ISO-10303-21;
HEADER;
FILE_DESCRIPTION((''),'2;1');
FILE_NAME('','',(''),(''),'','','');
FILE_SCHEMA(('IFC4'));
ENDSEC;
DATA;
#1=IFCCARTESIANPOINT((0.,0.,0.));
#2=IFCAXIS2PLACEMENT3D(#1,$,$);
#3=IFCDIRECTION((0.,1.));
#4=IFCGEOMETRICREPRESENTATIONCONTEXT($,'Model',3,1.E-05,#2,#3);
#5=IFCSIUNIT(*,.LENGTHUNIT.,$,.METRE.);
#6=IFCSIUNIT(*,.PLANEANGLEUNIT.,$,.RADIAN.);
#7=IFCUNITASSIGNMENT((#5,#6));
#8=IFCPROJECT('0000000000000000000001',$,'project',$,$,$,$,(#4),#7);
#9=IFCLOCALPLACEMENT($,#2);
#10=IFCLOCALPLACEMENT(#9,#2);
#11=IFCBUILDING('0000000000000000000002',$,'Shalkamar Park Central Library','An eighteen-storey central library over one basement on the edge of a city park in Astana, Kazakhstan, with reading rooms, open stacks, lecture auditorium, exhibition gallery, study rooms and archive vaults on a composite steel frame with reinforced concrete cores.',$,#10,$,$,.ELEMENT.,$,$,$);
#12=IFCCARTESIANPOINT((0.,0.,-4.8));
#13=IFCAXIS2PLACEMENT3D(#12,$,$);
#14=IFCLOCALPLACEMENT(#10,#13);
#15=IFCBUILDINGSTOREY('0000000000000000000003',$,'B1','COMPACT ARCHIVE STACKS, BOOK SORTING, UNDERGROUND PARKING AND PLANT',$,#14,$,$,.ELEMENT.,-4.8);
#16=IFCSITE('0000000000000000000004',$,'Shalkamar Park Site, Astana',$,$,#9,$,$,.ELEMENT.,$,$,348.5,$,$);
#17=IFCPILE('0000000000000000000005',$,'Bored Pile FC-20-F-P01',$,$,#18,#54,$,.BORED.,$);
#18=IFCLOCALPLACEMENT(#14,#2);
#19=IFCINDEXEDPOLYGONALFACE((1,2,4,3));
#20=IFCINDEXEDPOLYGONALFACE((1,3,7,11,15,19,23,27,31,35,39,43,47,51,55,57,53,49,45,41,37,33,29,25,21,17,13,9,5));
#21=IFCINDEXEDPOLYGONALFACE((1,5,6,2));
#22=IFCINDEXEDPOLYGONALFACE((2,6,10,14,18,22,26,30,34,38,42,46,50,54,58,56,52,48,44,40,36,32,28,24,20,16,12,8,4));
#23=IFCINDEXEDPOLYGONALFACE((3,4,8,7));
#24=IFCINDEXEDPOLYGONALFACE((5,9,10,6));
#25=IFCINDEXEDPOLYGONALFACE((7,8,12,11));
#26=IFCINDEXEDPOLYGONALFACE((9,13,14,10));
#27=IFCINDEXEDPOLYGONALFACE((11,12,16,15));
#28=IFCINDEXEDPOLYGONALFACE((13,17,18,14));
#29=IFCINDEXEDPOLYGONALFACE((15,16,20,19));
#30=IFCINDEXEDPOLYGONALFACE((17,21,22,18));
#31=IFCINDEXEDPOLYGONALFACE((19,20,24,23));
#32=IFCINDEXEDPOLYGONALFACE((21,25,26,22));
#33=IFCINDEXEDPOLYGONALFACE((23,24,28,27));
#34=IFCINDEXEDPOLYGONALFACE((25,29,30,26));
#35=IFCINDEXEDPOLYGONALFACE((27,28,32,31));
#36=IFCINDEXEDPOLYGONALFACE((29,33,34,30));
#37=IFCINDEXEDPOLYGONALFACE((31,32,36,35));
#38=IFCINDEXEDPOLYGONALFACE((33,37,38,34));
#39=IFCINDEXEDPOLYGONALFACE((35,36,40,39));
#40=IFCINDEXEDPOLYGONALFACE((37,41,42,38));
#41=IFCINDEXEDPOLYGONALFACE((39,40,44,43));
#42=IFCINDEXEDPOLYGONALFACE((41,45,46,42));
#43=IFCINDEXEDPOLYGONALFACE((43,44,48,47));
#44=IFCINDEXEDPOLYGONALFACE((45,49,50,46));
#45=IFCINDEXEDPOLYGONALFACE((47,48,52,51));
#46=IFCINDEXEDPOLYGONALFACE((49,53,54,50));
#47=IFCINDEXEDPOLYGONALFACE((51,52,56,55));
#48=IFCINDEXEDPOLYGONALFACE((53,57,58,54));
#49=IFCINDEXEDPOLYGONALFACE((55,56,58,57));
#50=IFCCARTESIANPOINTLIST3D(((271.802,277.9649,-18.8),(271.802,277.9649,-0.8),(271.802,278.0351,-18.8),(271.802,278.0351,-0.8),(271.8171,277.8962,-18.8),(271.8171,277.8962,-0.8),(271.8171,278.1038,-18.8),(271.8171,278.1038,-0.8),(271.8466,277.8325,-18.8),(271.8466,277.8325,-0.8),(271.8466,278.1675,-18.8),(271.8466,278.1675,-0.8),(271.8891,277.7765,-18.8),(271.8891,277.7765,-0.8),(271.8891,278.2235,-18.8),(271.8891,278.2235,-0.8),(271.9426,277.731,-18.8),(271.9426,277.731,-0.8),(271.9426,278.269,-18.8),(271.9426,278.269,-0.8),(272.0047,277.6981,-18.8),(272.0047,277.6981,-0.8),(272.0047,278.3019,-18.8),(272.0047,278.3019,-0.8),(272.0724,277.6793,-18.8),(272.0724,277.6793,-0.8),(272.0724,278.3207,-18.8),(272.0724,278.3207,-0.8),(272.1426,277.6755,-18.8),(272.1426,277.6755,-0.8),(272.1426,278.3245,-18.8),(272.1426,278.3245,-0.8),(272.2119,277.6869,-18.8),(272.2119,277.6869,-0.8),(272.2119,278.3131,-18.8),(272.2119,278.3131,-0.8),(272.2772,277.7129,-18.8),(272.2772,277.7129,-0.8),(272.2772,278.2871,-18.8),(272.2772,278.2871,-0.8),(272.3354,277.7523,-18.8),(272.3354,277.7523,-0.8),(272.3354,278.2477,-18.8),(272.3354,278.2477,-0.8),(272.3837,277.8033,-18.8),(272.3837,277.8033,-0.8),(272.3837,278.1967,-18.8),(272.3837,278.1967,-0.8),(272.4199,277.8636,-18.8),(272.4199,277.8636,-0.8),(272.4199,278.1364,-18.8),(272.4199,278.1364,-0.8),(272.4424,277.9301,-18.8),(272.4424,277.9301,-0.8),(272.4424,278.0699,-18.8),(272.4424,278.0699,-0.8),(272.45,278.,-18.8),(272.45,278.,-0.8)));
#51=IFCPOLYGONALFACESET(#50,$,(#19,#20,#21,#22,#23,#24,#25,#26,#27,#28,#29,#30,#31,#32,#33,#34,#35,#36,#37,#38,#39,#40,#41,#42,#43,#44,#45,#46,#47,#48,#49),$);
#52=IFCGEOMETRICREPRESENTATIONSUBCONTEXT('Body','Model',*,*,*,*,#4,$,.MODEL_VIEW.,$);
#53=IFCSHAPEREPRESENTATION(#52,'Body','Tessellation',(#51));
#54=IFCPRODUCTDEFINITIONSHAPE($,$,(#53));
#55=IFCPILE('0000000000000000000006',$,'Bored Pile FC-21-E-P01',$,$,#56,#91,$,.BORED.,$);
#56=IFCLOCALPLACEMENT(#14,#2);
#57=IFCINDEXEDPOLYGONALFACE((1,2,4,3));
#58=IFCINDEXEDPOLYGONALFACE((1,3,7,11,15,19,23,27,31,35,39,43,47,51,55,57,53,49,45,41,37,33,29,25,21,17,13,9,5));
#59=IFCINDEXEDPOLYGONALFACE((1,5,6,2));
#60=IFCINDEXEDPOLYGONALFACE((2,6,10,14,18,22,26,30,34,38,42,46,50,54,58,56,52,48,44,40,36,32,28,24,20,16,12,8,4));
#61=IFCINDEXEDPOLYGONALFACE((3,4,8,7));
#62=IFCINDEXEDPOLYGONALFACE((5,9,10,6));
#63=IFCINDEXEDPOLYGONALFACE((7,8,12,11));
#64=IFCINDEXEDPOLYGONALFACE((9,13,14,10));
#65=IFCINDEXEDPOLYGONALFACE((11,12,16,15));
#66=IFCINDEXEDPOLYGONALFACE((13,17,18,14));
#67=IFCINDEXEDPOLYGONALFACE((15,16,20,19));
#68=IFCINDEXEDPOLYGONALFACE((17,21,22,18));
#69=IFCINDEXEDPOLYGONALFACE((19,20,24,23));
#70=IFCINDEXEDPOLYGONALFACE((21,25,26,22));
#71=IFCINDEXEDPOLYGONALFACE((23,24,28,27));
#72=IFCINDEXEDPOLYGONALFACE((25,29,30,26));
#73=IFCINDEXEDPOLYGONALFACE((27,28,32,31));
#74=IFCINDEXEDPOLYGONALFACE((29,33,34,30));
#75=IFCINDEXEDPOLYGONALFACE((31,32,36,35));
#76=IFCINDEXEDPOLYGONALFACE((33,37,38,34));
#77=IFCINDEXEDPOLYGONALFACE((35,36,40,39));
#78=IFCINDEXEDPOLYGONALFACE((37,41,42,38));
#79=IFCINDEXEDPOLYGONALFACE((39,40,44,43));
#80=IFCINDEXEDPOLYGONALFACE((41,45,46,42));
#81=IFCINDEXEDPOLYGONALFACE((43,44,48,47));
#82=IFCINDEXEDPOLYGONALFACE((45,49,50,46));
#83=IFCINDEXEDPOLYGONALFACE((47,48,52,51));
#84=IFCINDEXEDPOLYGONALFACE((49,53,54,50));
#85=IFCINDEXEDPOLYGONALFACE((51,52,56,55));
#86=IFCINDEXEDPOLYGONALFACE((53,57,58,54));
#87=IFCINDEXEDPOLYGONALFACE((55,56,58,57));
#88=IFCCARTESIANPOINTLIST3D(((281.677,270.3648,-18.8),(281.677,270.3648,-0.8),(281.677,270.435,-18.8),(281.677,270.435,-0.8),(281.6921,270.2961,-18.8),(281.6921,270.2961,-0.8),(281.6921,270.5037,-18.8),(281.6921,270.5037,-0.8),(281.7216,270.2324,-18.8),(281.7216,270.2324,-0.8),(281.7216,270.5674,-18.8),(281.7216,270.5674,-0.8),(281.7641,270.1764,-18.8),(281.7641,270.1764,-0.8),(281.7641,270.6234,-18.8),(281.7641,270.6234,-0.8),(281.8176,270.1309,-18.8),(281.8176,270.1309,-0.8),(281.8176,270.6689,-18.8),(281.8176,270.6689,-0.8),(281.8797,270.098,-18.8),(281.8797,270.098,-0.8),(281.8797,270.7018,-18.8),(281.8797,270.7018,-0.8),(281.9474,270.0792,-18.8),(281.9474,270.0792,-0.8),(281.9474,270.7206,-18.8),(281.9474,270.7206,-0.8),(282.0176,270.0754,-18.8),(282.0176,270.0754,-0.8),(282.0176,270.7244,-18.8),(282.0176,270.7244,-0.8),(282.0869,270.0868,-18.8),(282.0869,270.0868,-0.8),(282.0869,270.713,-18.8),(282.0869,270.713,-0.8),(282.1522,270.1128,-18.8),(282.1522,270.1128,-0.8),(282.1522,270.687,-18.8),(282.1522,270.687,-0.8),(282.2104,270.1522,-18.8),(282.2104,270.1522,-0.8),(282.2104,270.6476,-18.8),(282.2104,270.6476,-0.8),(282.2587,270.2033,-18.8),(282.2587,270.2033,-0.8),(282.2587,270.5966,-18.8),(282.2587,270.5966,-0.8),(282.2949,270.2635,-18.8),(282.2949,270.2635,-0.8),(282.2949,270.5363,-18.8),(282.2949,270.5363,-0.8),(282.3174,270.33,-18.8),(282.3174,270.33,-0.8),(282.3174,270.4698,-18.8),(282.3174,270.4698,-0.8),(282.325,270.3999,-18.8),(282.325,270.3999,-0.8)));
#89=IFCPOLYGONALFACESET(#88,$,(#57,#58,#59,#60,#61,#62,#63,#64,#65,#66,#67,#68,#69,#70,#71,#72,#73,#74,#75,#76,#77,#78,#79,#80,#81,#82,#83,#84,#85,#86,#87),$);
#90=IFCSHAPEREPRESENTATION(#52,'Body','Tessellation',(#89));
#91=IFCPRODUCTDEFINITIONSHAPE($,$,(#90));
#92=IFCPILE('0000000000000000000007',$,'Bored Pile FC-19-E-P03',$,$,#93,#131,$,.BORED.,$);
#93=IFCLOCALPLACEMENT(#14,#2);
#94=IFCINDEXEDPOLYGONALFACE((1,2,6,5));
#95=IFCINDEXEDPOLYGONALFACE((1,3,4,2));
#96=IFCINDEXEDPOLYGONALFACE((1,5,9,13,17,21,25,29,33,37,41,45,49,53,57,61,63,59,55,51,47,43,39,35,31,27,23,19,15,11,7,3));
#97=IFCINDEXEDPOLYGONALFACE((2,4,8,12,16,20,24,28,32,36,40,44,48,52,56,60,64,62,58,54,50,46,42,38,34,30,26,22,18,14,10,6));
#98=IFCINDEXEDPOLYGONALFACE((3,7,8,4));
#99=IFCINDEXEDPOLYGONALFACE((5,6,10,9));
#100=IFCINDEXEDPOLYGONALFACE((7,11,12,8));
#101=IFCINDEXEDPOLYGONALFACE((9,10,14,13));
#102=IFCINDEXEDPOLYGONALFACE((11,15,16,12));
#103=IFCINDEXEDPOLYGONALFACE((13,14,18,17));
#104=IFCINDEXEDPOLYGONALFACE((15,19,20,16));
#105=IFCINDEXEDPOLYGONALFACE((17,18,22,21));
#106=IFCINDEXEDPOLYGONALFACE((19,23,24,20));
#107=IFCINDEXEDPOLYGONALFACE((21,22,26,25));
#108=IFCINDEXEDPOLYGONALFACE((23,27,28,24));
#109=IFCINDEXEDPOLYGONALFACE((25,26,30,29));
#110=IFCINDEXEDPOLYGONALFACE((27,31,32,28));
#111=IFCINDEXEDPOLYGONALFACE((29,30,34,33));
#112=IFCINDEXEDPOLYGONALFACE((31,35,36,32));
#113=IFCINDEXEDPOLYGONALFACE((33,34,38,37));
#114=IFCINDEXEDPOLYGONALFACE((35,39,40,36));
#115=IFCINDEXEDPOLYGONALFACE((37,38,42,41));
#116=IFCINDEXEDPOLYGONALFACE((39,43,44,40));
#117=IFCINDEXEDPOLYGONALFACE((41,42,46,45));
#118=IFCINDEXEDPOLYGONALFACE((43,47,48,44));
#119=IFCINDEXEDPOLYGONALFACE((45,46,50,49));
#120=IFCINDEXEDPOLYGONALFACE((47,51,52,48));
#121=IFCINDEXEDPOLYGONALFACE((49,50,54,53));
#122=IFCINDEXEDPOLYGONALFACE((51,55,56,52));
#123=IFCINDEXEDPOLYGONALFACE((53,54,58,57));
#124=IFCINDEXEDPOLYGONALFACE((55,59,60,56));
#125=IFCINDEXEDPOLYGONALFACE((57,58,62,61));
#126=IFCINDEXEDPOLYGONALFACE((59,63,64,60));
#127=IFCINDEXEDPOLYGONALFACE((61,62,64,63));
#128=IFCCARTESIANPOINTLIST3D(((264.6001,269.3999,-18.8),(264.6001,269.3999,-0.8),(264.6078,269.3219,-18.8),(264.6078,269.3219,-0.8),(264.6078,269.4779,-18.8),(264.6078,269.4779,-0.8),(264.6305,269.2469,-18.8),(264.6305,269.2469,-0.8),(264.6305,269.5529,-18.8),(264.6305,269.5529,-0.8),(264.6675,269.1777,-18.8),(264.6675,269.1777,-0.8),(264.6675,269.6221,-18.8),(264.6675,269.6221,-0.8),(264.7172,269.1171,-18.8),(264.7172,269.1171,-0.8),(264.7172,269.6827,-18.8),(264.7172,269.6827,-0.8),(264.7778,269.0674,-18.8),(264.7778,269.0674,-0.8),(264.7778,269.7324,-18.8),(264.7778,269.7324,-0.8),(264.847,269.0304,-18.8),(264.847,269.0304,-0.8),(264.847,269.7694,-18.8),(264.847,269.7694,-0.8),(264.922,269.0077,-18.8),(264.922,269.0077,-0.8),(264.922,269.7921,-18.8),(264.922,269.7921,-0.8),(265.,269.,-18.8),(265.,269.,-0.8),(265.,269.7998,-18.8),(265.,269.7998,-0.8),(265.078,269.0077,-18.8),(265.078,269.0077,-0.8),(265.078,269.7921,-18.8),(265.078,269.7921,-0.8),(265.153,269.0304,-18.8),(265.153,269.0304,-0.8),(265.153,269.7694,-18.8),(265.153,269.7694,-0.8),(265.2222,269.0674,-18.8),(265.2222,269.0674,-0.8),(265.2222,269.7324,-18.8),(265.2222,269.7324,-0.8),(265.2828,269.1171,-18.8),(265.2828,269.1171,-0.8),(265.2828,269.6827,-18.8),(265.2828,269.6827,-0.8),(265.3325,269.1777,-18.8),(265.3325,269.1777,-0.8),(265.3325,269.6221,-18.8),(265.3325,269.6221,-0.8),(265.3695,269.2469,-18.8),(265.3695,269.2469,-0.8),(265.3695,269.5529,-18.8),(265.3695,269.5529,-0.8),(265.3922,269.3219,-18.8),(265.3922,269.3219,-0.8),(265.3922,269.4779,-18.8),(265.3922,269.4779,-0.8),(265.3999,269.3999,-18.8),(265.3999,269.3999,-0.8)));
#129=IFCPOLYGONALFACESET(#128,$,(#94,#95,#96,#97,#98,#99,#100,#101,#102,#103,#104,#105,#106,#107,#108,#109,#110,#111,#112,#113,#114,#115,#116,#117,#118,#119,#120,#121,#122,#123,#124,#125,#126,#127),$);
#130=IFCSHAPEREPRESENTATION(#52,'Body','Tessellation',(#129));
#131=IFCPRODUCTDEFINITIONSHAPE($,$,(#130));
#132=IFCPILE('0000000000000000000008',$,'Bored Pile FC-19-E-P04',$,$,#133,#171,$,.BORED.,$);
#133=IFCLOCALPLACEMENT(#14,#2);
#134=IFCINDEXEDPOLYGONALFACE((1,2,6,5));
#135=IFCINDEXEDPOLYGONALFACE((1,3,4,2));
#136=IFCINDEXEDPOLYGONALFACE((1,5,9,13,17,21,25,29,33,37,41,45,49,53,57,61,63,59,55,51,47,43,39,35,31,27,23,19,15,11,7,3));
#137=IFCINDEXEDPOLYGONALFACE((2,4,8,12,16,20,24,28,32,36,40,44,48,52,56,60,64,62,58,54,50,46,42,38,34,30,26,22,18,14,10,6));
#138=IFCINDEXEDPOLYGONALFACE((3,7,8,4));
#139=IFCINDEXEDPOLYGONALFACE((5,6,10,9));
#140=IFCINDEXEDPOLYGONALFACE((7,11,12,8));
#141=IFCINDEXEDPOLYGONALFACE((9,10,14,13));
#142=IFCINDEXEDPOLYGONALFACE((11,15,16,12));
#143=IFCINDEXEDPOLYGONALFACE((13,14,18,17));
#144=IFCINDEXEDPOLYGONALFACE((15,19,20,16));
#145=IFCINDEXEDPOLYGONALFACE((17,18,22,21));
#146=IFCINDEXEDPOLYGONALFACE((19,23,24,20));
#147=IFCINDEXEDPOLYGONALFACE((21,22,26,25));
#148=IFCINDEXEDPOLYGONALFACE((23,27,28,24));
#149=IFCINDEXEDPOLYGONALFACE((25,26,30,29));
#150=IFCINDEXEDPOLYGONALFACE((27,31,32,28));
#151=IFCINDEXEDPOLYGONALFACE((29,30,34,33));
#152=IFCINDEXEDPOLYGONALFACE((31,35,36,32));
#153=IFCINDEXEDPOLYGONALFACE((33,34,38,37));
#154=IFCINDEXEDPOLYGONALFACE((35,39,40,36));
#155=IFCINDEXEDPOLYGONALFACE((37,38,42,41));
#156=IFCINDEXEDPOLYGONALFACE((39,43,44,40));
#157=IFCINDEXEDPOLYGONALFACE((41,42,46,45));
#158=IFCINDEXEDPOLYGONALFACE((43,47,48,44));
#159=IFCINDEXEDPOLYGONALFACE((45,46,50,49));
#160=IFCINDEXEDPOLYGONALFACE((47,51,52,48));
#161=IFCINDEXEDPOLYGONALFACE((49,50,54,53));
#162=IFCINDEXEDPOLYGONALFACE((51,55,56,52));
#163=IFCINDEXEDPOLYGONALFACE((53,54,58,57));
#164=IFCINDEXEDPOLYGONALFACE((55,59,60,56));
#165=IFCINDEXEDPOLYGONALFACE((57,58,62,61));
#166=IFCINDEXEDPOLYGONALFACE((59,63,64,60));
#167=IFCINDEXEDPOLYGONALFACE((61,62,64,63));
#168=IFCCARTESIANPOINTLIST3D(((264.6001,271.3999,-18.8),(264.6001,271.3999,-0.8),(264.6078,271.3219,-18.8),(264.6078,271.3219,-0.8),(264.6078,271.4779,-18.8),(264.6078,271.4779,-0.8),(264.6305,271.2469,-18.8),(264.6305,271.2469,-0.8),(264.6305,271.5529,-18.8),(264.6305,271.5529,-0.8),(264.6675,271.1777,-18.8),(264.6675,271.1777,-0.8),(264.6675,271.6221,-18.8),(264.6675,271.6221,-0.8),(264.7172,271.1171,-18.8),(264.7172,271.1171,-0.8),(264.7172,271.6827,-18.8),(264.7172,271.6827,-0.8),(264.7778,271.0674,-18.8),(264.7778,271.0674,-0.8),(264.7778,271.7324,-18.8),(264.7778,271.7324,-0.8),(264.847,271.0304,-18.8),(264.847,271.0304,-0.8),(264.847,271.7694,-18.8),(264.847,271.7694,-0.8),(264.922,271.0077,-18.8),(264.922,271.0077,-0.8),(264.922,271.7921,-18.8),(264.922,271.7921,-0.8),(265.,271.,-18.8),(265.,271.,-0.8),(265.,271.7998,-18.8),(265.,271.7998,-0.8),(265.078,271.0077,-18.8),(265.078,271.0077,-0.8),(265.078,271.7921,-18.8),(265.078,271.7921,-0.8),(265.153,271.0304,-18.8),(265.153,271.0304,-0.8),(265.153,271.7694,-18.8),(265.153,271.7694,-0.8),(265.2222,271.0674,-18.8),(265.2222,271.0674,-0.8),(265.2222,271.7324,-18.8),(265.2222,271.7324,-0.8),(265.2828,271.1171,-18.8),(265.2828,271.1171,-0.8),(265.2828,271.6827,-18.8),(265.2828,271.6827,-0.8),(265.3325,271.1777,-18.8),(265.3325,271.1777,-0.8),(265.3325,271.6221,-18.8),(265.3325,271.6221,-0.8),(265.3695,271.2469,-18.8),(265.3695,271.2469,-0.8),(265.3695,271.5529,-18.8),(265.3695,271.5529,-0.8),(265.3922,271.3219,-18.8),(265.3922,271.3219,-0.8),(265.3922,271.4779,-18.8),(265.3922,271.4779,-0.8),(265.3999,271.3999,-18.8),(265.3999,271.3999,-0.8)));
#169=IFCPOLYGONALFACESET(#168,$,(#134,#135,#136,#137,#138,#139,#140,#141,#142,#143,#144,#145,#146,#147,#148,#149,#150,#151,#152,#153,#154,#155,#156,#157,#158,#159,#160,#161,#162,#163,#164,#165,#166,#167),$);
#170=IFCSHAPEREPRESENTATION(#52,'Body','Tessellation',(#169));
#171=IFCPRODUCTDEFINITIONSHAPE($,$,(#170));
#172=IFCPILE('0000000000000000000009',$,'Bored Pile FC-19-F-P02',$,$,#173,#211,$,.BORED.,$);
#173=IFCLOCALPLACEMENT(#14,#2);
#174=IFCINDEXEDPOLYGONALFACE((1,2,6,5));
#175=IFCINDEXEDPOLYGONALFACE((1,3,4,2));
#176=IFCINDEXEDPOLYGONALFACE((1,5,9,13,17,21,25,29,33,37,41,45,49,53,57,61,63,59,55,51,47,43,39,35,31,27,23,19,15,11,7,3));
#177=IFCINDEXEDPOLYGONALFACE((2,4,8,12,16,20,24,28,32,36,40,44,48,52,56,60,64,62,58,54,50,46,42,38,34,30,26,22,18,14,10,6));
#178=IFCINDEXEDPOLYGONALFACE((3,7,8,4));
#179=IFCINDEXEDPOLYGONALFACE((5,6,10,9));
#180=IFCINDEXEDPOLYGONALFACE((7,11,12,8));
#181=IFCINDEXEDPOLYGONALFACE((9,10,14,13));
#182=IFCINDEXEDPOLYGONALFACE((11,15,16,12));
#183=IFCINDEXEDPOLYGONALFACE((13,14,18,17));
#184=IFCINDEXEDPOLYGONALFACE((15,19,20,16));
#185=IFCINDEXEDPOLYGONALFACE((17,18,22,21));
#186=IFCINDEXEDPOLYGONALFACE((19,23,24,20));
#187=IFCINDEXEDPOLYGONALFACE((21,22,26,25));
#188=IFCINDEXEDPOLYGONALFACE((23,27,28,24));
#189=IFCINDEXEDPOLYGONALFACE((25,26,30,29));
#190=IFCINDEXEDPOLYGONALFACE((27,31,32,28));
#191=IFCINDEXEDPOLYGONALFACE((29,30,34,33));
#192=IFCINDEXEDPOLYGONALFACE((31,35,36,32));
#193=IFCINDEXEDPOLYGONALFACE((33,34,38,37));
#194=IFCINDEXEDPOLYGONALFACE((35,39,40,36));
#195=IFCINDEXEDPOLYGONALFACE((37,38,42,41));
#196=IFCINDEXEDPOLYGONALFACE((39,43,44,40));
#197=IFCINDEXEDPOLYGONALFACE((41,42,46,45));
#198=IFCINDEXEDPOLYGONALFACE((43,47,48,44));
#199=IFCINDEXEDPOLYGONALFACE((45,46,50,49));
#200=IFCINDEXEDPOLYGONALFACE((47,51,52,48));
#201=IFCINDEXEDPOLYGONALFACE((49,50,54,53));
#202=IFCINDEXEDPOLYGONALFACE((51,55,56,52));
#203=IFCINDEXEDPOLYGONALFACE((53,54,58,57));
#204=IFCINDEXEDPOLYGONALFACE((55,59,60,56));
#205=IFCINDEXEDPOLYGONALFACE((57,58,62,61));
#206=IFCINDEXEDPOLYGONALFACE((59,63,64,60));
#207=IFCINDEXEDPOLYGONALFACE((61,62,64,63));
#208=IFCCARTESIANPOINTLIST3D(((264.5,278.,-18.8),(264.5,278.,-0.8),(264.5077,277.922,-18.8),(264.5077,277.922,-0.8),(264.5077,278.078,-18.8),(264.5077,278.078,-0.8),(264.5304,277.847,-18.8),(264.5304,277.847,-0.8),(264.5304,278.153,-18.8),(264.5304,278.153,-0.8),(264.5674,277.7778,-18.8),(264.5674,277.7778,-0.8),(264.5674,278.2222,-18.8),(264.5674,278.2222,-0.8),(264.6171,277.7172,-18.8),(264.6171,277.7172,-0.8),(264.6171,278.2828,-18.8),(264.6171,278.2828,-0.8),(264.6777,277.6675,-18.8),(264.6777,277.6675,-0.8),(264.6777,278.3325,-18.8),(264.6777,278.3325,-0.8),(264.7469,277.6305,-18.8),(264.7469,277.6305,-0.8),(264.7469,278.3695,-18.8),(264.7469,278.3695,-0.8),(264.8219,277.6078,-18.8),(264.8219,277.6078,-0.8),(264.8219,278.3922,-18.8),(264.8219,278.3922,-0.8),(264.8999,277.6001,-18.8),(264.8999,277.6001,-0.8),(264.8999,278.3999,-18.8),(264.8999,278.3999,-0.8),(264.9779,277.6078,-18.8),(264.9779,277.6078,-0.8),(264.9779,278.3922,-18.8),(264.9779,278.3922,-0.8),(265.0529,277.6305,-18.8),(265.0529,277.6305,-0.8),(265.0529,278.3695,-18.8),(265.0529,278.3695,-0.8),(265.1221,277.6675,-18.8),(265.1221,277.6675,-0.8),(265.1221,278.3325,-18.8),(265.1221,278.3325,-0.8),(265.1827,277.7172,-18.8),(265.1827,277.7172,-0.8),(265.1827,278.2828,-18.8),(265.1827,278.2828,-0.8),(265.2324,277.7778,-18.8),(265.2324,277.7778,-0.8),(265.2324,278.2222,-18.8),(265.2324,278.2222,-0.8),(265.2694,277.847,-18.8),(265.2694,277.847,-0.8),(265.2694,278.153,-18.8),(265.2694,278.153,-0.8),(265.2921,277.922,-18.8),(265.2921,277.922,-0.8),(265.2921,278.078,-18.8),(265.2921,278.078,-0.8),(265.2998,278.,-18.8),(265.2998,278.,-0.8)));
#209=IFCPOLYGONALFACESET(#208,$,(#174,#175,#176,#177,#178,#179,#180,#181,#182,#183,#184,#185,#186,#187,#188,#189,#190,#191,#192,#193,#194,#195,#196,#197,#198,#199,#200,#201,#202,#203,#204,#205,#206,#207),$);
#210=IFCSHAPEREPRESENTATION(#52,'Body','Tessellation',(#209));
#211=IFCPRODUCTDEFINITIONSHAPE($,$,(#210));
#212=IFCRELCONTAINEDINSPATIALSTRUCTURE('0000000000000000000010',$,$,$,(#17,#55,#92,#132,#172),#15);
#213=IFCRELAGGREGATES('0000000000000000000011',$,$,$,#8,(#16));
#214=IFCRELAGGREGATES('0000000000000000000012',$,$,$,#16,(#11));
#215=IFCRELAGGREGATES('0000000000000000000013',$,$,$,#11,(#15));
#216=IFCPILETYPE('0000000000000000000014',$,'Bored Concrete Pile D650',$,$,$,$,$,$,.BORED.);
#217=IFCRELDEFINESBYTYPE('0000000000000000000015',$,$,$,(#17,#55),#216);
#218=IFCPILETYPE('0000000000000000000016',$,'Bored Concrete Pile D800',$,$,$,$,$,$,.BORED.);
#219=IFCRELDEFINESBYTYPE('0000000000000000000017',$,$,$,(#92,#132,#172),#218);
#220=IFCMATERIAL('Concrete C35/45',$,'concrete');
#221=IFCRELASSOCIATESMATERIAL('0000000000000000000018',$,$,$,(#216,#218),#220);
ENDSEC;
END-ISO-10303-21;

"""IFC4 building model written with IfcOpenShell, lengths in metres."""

from ifc_helpers import new_model, si_unit, direction, frame, origin, origin_2d, place, context, subcontext, project, spatial, circle, extrude, material, material_profile, profile_set, type_object, element, save


model = new_model("IFC4")

# Units and contexts
model_context = context("Model", 3, precision=1e-05, world=origin(), true_north=direction((0.0, 1.0)))
body_context = subcontext(model_context, "Body", "Model", "MODEL_VIEW")
ifc_project = project(units=[si_unit("LENGTHUNIT", "METRE"), si_unit("PLANEANGLEUNIT", "RADIAN")], contexts=[model_context])

# Site, building, storey
site_placement = place(None, origin())
site = spatial("IfcSite", under=ifc_project, at=site_placement, Name="Shalkamar Park Site, Astana", CompositionType="ELEMENT", RefElevation=348.5)
building_placement = place(site_placement, origin())
building = spatial("IfcBuilding", under=site, at=building_placement, Name="Shalkamar Park Central Library", Description="An eighteen-storey central library over one basement on the edge of a city park in Astana, Kazakhstan, with reading rooms, open stacks, lecture auditorium, exhibition gallery, study rooms and archive vaults on a composite steel frame with reinforced concrete cores.", CompositionType="ELEMENT")
storey_placement = place(building_placement, frame((0.0, 0.0, -4.8)))
storey = spatial("IfcBuildingStorey", under=building, at=storey_placement, Name="B1", Description="COMPACT ARCHIVE STACKS, BOOK SORTING, UNDERGROUND PARKING AND PLANT", CompositionType="ELEMENT", Elevation=-4.8)

# Piles
ifc_material_1 = material(Name="Concrete C35/45", Category="concrete")
ifc_material_profile_1 = material_profile(ifc_material_1, circle(Radius=0.325, at=origin_2d()), Name="PILE D650")
ifc_profile_set_1 = profile_set([ifc_material_profile_1], Name="Concrete C35/45")
pile_type_1 = type_object("IfcPileType", Name="Bored Concrete Pile D650", PredefinedType="BORED", material=ifc_profile_set_1)
for number, where, z_axis, x_axis, name in (
    (1, (272.125, 278.0, -0.8), (0.0, 0.0, -1.0), (1.0, 0.0, 0.0), "Bored Pile FC-20-F-P01"),
    (2, (282.0, 270.3999, -0.8), (0.0, 0.0, -1.0), (1.0, 0.0, 0.0), "Bored Pile FC-21-E-P01"),
):
    element("IfcPile", number, at=place(storey_placement, frame(where, z_axis=z_axis, x_axis=x_axis)), inside=storey, type_object=pile_type_1, Name=name, PredefinedType="BORED", context=body_context, shape_type="SweptSolid", body=[
        extrude(circle(Radius=0.325, at=origin_2d()), origin(), (0.0, 0.0, 1.0), 18.0),
    ])
ifc_material_profile_2 = material_profile(ifc_material_1, circle(Radius=0.3999, at=origin_2d()), Name="PILE D800")
ifc_profile_set_2 = profile_set([ifc_material_profile_2], Name="Concrete C35/45")
pile_type_2 = type_object("IfcPileType", Name="Bored Concrete Pile D800", PredefinedType="BORED", material=ifc_profile_set_2)
for number, where, z_axis, x_axis, name in (
    (3, (265.0, 269.3999, -0.8), (0.0, 0.0, -1.0), (1.0, 0.0, 0.0), "Bored Pile FC-19-E-P03"),
    (4, (265.0, 271.3999, -0.8), (0.0, 0.0, -1.0), (1.0, 0.0, 0.0), "Bored Pile FC-19-E-P04"),
    (5, (264.8999, 278.0, -0.8), (0.0, 0.0, -1.0), (1.0, 0.0, 0.0), "Bored Pile FC-19-F-P02"),
):
    element("IfcPile", number, at=place(storey_placement, frame(where, z_axis=z_axis, x_axis=x_axis)), inside=storey, type_object=pile_type_2, Name=name, PredefinedType="BORED", context=body_context, shape_type="SweptSolid", body=[
        extrude(circle(Radius=0.3999, at=origin_2d()), origin(), (0.0, 0.0, 1.0), 18.0),
    ])

save(model, "model.ifc")
